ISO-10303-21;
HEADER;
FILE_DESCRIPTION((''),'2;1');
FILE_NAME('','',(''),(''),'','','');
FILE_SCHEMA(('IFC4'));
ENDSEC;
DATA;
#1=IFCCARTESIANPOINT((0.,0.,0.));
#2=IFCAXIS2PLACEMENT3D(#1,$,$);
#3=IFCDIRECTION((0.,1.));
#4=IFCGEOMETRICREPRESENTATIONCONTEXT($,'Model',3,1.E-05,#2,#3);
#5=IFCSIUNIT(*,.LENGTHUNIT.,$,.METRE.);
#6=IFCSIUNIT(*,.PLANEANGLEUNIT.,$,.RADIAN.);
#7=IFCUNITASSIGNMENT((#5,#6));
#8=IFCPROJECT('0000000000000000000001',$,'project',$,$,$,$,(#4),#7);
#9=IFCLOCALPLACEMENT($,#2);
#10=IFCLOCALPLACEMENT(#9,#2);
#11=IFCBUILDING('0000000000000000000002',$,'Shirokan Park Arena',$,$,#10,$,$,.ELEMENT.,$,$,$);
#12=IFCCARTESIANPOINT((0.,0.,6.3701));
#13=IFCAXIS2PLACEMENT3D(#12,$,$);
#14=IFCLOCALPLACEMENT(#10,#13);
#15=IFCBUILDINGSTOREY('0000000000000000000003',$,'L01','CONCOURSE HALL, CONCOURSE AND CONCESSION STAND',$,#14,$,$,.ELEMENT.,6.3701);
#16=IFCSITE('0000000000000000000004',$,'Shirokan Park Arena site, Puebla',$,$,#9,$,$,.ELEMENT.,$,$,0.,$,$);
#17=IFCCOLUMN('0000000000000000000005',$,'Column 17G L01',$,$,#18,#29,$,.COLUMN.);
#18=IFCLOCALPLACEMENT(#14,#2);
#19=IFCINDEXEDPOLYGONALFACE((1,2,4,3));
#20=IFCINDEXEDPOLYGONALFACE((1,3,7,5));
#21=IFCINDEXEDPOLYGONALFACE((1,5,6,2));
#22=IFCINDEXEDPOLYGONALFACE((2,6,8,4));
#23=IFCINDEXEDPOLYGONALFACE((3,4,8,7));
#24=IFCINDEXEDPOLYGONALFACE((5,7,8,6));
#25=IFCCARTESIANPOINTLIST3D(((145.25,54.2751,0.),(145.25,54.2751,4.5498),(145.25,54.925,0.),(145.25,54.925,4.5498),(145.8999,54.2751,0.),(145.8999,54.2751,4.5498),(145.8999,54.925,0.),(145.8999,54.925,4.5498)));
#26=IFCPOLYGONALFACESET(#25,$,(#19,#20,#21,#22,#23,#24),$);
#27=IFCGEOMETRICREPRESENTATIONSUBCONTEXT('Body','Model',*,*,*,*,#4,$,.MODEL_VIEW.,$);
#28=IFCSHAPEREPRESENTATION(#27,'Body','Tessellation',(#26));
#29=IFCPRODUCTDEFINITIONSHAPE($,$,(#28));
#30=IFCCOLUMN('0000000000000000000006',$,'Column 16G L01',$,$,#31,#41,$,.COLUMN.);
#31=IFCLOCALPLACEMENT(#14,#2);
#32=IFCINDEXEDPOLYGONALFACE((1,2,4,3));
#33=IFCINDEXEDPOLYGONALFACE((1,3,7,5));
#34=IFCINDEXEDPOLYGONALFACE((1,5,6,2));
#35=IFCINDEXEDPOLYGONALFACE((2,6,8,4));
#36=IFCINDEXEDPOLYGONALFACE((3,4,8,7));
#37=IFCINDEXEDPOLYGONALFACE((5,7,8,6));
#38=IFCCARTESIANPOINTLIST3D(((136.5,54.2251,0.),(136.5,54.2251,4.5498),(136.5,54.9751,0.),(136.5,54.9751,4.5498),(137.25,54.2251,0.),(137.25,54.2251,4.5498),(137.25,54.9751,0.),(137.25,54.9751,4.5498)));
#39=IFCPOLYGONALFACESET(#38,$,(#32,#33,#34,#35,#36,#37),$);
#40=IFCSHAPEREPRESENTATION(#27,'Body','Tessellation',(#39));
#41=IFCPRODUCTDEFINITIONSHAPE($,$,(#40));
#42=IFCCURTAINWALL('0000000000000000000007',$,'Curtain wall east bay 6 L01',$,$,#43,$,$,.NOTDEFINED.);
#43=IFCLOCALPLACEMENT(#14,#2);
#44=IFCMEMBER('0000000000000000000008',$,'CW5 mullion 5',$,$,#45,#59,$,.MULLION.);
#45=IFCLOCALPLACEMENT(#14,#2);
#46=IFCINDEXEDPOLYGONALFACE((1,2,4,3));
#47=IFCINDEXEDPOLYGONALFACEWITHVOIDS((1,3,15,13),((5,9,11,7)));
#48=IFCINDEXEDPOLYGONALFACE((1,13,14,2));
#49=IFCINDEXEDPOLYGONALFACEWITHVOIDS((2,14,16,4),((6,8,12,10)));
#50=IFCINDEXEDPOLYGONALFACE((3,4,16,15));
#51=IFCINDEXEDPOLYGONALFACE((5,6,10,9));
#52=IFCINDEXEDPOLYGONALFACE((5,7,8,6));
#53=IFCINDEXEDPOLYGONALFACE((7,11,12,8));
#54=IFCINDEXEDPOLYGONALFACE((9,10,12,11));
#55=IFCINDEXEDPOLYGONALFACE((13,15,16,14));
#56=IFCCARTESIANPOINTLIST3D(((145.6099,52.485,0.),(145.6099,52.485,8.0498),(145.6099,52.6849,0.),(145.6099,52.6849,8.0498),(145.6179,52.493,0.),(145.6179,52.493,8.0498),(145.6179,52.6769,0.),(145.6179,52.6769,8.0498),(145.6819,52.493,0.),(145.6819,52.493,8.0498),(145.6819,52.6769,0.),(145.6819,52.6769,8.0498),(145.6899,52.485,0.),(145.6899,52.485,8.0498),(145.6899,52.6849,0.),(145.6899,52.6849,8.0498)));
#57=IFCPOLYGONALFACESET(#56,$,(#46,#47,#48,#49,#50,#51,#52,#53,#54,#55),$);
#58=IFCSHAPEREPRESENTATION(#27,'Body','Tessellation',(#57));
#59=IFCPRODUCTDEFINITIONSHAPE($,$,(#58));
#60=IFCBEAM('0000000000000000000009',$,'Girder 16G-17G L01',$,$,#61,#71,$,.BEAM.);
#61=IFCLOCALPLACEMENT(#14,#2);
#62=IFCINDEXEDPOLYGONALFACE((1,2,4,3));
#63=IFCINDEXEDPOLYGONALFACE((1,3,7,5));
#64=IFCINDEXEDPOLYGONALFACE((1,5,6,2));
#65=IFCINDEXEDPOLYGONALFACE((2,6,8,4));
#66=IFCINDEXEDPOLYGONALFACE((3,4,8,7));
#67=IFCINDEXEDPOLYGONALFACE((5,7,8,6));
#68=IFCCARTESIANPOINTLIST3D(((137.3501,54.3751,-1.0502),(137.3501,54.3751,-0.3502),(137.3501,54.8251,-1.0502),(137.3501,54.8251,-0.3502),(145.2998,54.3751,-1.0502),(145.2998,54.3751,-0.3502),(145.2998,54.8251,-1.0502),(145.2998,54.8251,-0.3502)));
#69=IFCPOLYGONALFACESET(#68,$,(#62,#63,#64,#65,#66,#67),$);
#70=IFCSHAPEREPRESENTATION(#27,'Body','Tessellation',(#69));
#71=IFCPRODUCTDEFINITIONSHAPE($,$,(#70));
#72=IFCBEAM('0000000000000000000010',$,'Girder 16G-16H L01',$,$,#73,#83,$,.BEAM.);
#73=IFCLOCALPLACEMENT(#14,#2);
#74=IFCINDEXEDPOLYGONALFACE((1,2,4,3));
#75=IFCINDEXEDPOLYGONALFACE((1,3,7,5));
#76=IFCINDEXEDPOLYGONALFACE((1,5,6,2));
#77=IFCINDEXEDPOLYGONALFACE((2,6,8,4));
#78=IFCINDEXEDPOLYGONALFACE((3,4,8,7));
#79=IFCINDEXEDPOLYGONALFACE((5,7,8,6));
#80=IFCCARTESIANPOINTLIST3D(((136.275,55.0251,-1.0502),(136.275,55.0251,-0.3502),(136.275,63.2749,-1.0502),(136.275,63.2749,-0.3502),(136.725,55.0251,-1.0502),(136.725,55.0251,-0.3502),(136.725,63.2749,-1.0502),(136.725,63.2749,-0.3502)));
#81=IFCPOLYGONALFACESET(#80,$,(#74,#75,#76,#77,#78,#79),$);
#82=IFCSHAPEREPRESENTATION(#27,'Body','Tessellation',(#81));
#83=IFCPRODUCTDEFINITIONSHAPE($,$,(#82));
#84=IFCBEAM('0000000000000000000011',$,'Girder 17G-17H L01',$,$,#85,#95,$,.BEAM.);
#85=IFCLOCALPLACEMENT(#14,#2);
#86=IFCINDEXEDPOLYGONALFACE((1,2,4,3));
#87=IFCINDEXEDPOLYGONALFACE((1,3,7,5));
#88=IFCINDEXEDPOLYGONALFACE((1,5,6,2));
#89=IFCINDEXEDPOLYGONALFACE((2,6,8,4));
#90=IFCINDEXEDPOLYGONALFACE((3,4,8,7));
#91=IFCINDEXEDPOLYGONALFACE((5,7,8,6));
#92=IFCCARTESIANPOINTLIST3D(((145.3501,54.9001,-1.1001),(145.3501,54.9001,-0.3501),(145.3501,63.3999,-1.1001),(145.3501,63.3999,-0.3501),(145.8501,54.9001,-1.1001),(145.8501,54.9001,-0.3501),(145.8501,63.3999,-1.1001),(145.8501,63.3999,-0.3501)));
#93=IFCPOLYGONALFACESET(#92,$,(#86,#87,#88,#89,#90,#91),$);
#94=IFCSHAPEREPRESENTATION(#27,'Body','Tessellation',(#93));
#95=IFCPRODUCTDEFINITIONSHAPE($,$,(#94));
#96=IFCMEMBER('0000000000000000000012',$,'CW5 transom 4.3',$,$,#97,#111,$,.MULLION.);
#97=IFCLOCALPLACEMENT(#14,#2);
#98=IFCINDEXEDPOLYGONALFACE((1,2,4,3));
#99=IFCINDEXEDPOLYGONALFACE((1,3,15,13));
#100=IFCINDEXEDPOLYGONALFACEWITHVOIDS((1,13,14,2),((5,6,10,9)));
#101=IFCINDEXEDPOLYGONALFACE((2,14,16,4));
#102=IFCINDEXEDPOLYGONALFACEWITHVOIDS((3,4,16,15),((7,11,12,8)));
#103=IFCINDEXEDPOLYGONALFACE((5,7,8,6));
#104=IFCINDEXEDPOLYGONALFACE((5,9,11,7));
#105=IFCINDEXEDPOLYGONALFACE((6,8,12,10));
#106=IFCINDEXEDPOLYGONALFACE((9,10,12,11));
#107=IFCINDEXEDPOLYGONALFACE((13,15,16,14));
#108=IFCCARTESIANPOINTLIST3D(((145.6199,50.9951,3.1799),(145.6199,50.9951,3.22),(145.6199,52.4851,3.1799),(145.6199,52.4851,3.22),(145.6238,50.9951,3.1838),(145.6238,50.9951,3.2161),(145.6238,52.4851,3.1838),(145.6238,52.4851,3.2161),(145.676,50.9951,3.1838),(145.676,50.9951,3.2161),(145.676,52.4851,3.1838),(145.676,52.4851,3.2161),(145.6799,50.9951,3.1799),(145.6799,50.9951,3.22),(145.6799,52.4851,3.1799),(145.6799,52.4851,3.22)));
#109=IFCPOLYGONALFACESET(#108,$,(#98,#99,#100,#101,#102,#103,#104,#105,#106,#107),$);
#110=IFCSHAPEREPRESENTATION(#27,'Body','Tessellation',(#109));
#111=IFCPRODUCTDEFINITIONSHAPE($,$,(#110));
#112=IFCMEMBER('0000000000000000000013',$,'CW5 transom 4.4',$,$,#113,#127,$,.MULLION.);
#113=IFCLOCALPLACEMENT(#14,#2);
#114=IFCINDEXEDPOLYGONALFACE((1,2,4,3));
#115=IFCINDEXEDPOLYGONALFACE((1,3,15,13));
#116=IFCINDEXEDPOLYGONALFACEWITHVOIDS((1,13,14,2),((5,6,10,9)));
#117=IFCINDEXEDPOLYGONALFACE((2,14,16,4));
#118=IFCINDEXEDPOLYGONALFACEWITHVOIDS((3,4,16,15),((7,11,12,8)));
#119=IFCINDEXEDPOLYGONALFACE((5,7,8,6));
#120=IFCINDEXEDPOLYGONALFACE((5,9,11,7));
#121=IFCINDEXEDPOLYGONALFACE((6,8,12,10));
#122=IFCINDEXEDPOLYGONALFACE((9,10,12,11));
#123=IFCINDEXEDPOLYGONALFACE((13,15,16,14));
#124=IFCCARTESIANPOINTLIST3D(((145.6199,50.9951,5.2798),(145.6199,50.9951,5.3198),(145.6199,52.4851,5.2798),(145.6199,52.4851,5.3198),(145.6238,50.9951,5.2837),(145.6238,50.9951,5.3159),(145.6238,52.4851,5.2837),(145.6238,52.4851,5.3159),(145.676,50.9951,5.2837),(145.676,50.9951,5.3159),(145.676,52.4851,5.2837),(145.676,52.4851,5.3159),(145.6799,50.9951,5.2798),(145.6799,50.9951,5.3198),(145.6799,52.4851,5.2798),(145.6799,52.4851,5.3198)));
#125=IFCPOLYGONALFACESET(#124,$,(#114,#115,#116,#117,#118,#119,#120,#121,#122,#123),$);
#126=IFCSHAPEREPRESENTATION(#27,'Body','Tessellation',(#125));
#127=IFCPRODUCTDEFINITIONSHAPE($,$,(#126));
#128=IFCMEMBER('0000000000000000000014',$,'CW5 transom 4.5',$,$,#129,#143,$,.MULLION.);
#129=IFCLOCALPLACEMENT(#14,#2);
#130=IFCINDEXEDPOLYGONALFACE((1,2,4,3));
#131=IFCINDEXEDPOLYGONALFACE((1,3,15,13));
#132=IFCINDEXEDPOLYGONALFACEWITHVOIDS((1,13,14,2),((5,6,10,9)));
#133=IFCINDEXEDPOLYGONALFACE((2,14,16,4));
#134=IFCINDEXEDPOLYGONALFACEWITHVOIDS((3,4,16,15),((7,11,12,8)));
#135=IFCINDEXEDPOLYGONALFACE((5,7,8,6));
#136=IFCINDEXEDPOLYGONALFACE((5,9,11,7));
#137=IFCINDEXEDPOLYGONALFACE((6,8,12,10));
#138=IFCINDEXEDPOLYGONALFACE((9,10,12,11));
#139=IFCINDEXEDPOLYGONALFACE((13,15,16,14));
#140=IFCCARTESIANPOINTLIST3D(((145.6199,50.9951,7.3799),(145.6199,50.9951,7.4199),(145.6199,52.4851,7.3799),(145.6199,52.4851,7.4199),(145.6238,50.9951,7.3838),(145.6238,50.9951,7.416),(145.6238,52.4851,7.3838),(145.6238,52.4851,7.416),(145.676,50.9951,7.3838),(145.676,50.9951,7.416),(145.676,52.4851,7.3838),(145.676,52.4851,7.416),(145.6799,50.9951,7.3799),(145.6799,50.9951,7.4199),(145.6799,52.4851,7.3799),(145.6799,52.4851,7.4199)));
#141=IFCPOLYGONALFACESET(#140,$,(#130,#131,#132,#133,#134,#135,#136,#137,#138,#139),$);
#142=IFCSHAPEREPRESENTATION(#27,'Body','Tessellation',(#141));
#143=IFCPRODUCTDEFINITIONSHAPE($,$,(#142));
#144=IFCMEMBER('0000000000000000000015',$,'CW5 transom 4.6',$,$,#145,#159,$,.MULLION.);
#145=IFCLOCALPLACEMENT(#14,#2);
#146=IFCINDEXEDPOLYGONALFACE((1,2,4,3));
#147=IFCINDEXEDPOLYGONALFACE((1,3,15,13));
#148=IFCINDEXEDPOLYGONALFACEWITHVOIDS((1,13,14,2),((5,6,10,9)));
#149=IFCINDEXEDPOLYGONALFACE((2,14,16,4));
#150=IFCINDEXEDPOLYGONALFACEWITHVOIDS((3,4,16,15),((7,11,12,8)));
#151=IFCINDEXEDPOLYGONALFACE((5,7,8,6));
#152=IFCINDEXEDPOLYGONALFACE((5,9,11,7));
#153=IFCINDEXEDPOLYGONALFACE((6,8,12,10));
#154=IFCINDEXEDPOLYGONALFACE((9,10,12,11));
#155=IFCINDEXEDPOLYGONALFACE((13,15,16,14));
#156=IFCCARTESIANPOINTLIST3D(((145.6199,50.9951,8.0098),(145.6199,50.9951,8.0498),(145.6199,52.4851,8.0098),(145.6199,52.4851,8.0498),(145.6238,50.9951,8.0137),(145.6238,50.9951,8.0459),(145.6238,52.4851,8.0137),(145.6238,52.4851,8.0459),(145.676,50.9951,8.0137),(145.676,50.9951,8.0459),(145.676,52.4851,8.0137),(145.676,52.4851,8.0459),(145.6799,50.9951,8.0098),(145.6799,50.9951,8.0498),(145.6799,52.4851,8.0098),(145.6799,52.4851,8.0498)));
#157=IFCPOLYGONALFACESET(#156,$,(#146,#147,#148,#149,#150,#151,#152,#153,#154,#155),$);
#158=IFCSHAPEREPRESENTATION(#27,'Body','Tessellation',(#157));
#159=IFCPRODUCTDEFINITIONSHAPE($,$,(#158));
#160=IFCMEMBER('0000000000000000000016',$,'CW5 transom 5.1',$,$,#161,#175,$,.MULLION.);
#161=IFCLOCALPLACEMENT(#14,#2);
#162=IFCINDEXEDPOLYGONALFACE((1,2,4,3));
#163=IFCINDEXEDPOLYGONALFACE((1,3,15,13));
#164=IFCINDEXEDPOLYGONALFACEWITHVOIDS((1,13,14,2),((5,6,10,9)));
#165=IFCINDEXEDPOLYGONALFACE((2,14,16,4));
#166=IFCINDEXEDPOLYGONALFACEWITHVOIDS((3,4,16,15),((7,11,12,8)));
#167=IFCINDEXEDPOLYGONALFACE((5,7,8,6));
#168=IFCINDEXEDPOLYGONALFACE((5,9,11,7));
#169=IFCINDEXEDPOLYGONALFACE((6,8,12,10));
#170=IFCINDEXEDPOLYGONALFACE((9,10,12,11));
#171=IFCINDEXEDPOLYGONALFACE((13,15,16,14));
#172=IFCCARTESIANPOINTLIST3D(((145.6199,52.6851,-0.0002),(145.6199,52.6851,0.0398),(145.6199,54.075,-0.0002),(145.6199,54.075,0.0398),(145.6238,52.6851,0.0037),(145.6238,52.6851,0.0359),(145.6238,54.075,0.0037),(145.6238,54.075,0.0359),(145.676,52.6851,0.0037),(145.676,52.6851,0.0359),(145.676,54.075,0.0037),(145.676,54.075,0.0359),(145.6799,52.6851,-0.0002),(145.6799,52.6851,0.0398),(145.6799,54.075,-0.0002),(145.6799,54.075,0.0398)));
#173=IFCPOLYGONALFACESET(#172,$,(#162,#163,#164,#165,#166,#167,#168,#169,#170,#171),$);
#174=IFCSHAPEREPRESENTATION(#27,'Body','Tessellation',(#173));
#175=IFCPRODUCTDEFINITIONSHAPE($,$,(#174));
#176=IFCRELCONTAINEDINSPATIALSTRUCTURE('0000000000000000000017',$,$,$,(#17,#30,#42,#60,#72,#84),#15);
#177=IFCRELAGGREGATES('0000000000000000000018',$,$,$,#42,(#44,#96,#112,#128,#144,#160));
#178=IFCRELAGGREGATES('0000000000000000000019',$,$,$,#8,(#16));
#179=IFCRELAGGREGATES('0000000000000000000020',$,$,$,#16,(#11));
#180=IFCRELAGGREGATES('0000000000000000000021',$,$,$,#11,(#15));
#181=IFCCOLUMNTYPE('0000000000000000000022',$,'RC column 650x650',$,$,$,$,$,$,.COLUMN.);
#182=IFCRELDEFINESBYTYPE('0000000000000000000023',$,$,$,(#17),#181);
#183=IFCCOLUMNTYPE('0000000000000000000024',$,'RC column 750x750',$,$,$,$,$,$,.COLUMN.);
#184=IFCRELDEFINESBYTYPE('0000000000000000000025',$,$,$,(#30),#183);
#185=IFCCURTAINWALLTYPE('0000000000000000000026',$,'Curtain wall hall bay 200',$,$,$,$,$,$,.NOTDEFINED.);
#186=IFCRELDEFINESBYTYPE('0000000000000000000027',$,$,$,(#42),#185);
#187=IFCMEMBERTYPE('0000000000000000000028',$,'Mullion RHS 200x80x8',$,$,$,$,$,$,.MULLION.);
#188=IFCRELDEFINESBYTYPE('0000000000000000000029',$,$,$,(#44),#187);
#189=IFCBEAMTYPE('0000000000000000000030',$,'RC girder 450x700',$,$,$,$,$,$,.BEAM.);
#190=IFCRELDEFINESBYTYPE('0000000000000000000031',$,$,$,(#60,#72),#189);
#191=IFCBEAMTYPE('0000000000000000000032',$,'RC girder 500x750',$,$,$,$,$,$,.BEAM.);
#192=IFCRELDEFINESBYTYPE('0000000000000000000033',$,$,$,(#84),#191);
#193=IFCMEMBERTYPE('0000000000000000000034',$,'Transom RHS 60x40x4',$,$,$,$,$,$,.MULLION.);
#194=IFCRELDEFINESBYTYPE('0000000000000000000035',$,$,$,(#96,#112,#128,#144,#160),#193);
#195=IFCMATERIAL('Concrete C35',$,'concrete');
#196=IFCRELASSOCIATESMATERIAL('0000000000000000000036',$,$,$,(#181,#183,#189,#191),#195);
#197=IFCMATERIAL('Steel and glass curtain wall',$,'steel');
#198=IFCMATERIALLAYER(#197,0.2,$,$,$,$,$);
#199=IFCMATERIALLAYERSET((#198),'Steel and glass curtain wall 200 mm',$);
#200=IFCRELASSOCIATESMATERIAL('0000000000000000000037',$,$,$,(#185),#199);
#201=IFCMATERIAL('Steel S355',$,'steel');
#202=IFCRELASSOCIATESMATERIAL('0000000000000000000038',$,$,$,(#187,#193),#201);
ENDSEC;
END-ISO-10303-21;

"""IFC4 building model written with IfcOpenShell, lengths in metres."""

from ifc_helpers import new_model, si_unit, direction, frame, origin, origin_2d, place, context, subcontext, project, spatial, rectangle, hollow_rectangle, extrude, material, layer, layer_set, material_profile, profile_set, type_object, element, aggregate, save


model = new_model("IFC4")

# Units and contexts
model_context = context("Model", 3, precision=1e-05, world=origin(), true_north=direction((0.0, 1.0)))
body_context = subcontext(model_context, "Body", "Model", "MODEL_VIEW")
ifc_project = project(units=[si_unit("LENGTHUNIT", "METRE"), si_unit("PLANEANGLEUNIT", "RADIAN")], contexts=[model_context])

# Site, building, storey
site_placement = place(None, origin())
site = spatial("IfcSite", under=ifc_project, at=site_placement, Name="Shirokan Park Arena site, Puebla", CompositionType="ELEMENT", RefElevation=0.0)
building_placement = place(site_placement, origin())
building = spatial("IfcBuilding", under=site, at=building_placement, Name="Shirokan Park Arena", CompositionType="ELEMENT")
storey_placement = place(building_placement, frame((0.0, 0.0, 6.3701)))
storey = spatial("IfcBuildingStorey", under=building, at=storey_placement, Name="L01", Description="CONCOURSE HALL, CONCOURSE AND CONCESSION STAND", CompositionType="ELEMENT", Elevation=6.3701)

# Columns
ifc_material_1 = material(Name="Concrete C35", Category="concrete")
ifc_material_profile_1 = material_profile(ifc_material_1, rectangle(XDim=0.6499, YDim=0.6499, at=origin_2d()), Name="650x650")
ifc_profile_set_1 = profile_set([ifc_material_profile_1], Name="Concrete C35")
column_type_1 = type_object("IfcColumnType", Name="RC column 650x650", PredefinedType="COLUMN", material=ifc_profile_set_1)
column_1_placement = place(storey_placement, frame((145.575, 54.6001, 0.0), z_axis=(0.0, 0.0, 1.0), x_axis=(1.0, 0.0, 0.0)))
element("IfcColumn", 1, at=column_1_placement, inside=storey, type_object=column_type_1, Name="Column 17G L01", PredefinedType="COLUMN", context=body_context, shape_type="SweptSolid", body=[
    extrude(rectangle(XDim=0.6499, YDim=0.6499, at=origin_2d()), origin(), (0.0, 0.0, 1.0), 4.5498),
])
ifc_material_profile_2 = material_profile(ifc_material_1, rectangle(XDim=0.75, YDim=0.75, at=origin_2d()), Name="750x750")
ifc_profile_set_2 = profile_set([ifc_material_profile_2], Name="Concrete C35")
column_type_2 = type_object("IfcColumnType", Name="RC column 750x750", PredefinedType="COLUMN", material=ifc_profile_set_2)
column_2_placement = place(storey_placement, frame((136.875, 54.6001, 0.0), z_axis=(0.0, 0.0, 1.0), x_axis=(1.0, 0.0, 0.0)))
element("IfcColumn", 2, at=column_2_placement, inside=storey, type_object=column_type_2, Name="Column 16G L01", PredefinedType="COLUMN", context=body_context, shape_type="SweptSolid", body=[
    extrude(rectangle(XDim=0.75, YDim=0.75, at=origin_2d()), origin(), (0.0, 0.0, 1.0), 4.5498),
])

# Curtain wall, member
ifc_material_2 = material(Name="Steel and glass curtain wall", Category="steel")
ifc_layer_1 = layer(ifc_material_2, 0.2)
ifc_layer_set_1 = layer_set([ifc_layer_1], Name="Steel and glass curtain wall 200 mm")
curtain_wall_type = type_object("IfcCurtainWallType", Name="Curtain wall hall bay 200", PredefinedType="NOTDEFINED", material=ifc_layer_set_1)
curtain_wall_placement = place(storey_placement, origin())
curtain_wall = element("IfcCurtainWall", 3, at=curtain_wall_placement, inside=storey, type_object=curtain_wall_type, Name="Curtain wall east bay 6 L01", PredefinedType="NOTDEFINED")
ifc_material_3 = material(Name="Steel S355", Category="steel")
ifc_material_profile_3 = material_profile(ifc_material_3, hollow_rectangle(XDim=0.0801, YDim=0.2, WallThickness=0.0081, at=origin_2d()), Name="RHS 200x80x8")
ifc_profile_set_3 = profile_set([ifc_material_profile_3], Name="Steel S355")
member_type_1 = type_object("IfcMemberType", Name="Mullion RHS 200x80x8", PredefinedType="MULLION", material=ifc_profile_set_3)
member_1_placement = place(storey_placement, frame((145.6499, 52.585, 0.0), z_axis=(0.0, 0.0, 1.0), x_axis=(-1.0, 0.0, 0.0)))
member_1 = element("IfcMember", 4, at=member_1_placement, type_object=member_type_1, Name="CW5 mullion 5", PredefinedType="MULLION", context=body_context, shape_type="SweptSolid", body=[
    extrude(hollow_rectangle(XDim=0.0801, YDim=0.2, WallThickness=0.0081, at=origin_2d()), origin(), (0.0, 0.0, 1.0), 8.0498),
])

# Beams
ifc_material_profile_4 = material_profile(ifc_material_1, rectangle(XDim=0.45, YDim=0.7, at=origin_2d()), Name="450x700")
ifc_profile_set_4 = profile_set([ifc_material_profile_4], Name="Concrete C35")
beam_type_1 = type_object("IfcBeamType", Name="RC girder 450x700", PredefinedType="BEAM", material=ifc_profile_set_4)
beam_1_placement = place(storey_placement, frame((137.3501, 54.6001, -0.7002), z_axis=(1.0, 0.0, 0.0), x_axis=(0.0, 1.0, 0.0)))
element("IfcBeam", 5, at=beam_1_placement, inside=storey, type_object=beam_type_1, Name="Girder 16G-17G L01", PredefinedType="BEAM", context=body_context, shape_type="SweptSolid", body=[
    extrude(rectangle(XDim=0.45, YDim=0.7, at=origin_2d()), origin(), (0.0, 0.0, 1.0), 7.9497),
])
beam_2_placement = place(storey_placement, frame((136.5, 55.0251, -0.7002), z_axis=(0.0, 1.0, 0.0), x_axis=(-1.0, 0.0, 0.0)))
element("IfcBeam", 6, at=beam_2_placement, inside=storey, type_object=beam_type_1, Name="Girder 16G-16H L01", PredefinedType="BEAM", context=body_context, shape_type="SweptSolid", body=[
    extrude(rectangle(XDim=0.45, YDim=0.7, at=origin_2d()), origin(), (0.0, 0.0, 1.0), 8.2498),
])
ifc_material_profile_5 = material_profile(ifc_material_1, rectangle(XDim=0.5, YDim=0.75, at=origin_2d()), Name="500x750")
ifc_profile_set_5 = profile_set([ifc_material_profile_5], Name="Concrete C35")
beam_type_2 = type_object("IfcBeamType", Name="RC girder 500x750", PredefinedType="BEAM", material=ifc_profile_set_5)
beam_3_placement = place(storey_placement, frame((145.6001, 54.9001, -0.7251), z_axis=(0.0, 1.0, 0.0), x_axis=(-1.0, 0.0, 0.0)))
element("IfcBeam", 7, at=beam_3_placement, inside=storey, type_object=beam_type_2, Name="Girder 17G-17H L01", PredefinedType="BEAM", context=body_context, shape_type="SweptSolid", body=[
    extrude(rectangle(XDim=0.5, YDim=0.75, at=origin_2d()), origin(), (0.0, 0.0, 1.0), 8.4998),
])

# Members
ifc_material_profile_6 = material_profile(ifc_material_3, hollow_rectangle(XDim=0.0601, YDim=0.04, WallThickness=0.0039, at=origin_2d()), Name="RHS 60x40x4")
ifc_profile_set_6 = profile_set([ifc_material_profile_6], Name="Steel S355")
member_type_2 = type_object("IfcMemberType", Name="Transom RHS 60x40x4", PredefinedType="MULLION", material=ifc_profile_set_6)
member_2_placement = place(storey_placement, frame((145.6499, 50.9951, 3.2), z_axis=(0.0, 1.0, 0.0), x_axis=(-1.0, 0.0, 0.0)))
member_2 = element("IfcMember", 8, at=member_2_placement, type_object=member_type_2, Name="CW5 transom 4.3", PredefinedType="MULLION", context=body_context, shape_type="SweptSolid", body=[
    extrude(hollow_rectangle(XDim=0.0601, YDim=0.04, WallThickness=0.0039, at=origin_2d()), origin(), (0.0, 0.0, 1.0), 1.49),
])
member_3_placement = place(storey_placement, frame((145.6499, 50.9951, 5.2998), z_axis=(0.0, 1.0, 0.0), x_axis=(-1.0, 0.0, 0.0)))
member_3 = element("IfcMember", 9, at=member_3_placement, type_object=member_type_2, Name="CW5 transom 4.4", PredefinedType="MULLION", context=body_context, shape_type="SweptSolid", body=[
    extrude(hollow_rectangle(XDim=0.0601, YDim=0.04, WallThickness=0.0039, at=origin_2d()), origin(), (0.0, 0.0, 1.0), 1.49),
])
member_4_placement = place(storey_placement, frame((145.6499, 50.9951, 7.3999), z_axis=(0.0, 1.0, 0.0), x_axis=(-1.0, 0.0, 0.0)))
member_4 = element("IfcMember", 10, at=member_4_placement, type_object=member_type_2, Name="CW5 transom 4.5", PredefinedType="MULLION", context=body_context, shape_type="SweptSolid", body=[
    extrude(hollow_rectangle(XDim=0.0601, YDim=0.04, WallThickness=0.0039, at=origin_2d()), origin(), (0.0, 0.0, 1.0), 1.49),
])
member_5_placement = place(storey_placement, frame((145.6499, 50.9951, 8.0298), z_axis=(0.0, 1.0, 0.0), x_axis=(-1.0, 0.0, 0.0)))
member_5 = element("IfcMember", 11, at=member_5_placement, type_object=member_type_2, Name="CW5 transom 4.6", PredefinedType="MULLION", context=body_context, shape_type="SweptSolid", body=[
    extrude(hollow_rectangle(XDim=0.0601, YDim=0.04, WallThickness=0.0039, at=origin_2d()), origin(), (0.0, 0.0, 1.0), 1.49),
])
member_6_placement = place(storey_placement, frame((145.6499, 52.6851, 0.0198), z_axis=(0.0, 1.0, 0.0), x_axis=(-1.0, 0.0, 0.0)))
member_6 = element("IfcMember", 12, at=member_6_placement, type_object=member_type_2, Name="CW5 transom 5.1", PredefinedType="MULLION", context=body_context, shape_type="SweptSolid", body=[
    extrude(hollow_rectangle(XDim=0.0601, YDim=0.04, WallThickness=0.0039, at=origin_2d()), origin(), (0.0, 0.0, 1.0), 1.3899),
])

aggregate(curtain_wall, [member_1, member_2, member_3, member_4, member_5, member_6])

save(model, "model.ifc")
